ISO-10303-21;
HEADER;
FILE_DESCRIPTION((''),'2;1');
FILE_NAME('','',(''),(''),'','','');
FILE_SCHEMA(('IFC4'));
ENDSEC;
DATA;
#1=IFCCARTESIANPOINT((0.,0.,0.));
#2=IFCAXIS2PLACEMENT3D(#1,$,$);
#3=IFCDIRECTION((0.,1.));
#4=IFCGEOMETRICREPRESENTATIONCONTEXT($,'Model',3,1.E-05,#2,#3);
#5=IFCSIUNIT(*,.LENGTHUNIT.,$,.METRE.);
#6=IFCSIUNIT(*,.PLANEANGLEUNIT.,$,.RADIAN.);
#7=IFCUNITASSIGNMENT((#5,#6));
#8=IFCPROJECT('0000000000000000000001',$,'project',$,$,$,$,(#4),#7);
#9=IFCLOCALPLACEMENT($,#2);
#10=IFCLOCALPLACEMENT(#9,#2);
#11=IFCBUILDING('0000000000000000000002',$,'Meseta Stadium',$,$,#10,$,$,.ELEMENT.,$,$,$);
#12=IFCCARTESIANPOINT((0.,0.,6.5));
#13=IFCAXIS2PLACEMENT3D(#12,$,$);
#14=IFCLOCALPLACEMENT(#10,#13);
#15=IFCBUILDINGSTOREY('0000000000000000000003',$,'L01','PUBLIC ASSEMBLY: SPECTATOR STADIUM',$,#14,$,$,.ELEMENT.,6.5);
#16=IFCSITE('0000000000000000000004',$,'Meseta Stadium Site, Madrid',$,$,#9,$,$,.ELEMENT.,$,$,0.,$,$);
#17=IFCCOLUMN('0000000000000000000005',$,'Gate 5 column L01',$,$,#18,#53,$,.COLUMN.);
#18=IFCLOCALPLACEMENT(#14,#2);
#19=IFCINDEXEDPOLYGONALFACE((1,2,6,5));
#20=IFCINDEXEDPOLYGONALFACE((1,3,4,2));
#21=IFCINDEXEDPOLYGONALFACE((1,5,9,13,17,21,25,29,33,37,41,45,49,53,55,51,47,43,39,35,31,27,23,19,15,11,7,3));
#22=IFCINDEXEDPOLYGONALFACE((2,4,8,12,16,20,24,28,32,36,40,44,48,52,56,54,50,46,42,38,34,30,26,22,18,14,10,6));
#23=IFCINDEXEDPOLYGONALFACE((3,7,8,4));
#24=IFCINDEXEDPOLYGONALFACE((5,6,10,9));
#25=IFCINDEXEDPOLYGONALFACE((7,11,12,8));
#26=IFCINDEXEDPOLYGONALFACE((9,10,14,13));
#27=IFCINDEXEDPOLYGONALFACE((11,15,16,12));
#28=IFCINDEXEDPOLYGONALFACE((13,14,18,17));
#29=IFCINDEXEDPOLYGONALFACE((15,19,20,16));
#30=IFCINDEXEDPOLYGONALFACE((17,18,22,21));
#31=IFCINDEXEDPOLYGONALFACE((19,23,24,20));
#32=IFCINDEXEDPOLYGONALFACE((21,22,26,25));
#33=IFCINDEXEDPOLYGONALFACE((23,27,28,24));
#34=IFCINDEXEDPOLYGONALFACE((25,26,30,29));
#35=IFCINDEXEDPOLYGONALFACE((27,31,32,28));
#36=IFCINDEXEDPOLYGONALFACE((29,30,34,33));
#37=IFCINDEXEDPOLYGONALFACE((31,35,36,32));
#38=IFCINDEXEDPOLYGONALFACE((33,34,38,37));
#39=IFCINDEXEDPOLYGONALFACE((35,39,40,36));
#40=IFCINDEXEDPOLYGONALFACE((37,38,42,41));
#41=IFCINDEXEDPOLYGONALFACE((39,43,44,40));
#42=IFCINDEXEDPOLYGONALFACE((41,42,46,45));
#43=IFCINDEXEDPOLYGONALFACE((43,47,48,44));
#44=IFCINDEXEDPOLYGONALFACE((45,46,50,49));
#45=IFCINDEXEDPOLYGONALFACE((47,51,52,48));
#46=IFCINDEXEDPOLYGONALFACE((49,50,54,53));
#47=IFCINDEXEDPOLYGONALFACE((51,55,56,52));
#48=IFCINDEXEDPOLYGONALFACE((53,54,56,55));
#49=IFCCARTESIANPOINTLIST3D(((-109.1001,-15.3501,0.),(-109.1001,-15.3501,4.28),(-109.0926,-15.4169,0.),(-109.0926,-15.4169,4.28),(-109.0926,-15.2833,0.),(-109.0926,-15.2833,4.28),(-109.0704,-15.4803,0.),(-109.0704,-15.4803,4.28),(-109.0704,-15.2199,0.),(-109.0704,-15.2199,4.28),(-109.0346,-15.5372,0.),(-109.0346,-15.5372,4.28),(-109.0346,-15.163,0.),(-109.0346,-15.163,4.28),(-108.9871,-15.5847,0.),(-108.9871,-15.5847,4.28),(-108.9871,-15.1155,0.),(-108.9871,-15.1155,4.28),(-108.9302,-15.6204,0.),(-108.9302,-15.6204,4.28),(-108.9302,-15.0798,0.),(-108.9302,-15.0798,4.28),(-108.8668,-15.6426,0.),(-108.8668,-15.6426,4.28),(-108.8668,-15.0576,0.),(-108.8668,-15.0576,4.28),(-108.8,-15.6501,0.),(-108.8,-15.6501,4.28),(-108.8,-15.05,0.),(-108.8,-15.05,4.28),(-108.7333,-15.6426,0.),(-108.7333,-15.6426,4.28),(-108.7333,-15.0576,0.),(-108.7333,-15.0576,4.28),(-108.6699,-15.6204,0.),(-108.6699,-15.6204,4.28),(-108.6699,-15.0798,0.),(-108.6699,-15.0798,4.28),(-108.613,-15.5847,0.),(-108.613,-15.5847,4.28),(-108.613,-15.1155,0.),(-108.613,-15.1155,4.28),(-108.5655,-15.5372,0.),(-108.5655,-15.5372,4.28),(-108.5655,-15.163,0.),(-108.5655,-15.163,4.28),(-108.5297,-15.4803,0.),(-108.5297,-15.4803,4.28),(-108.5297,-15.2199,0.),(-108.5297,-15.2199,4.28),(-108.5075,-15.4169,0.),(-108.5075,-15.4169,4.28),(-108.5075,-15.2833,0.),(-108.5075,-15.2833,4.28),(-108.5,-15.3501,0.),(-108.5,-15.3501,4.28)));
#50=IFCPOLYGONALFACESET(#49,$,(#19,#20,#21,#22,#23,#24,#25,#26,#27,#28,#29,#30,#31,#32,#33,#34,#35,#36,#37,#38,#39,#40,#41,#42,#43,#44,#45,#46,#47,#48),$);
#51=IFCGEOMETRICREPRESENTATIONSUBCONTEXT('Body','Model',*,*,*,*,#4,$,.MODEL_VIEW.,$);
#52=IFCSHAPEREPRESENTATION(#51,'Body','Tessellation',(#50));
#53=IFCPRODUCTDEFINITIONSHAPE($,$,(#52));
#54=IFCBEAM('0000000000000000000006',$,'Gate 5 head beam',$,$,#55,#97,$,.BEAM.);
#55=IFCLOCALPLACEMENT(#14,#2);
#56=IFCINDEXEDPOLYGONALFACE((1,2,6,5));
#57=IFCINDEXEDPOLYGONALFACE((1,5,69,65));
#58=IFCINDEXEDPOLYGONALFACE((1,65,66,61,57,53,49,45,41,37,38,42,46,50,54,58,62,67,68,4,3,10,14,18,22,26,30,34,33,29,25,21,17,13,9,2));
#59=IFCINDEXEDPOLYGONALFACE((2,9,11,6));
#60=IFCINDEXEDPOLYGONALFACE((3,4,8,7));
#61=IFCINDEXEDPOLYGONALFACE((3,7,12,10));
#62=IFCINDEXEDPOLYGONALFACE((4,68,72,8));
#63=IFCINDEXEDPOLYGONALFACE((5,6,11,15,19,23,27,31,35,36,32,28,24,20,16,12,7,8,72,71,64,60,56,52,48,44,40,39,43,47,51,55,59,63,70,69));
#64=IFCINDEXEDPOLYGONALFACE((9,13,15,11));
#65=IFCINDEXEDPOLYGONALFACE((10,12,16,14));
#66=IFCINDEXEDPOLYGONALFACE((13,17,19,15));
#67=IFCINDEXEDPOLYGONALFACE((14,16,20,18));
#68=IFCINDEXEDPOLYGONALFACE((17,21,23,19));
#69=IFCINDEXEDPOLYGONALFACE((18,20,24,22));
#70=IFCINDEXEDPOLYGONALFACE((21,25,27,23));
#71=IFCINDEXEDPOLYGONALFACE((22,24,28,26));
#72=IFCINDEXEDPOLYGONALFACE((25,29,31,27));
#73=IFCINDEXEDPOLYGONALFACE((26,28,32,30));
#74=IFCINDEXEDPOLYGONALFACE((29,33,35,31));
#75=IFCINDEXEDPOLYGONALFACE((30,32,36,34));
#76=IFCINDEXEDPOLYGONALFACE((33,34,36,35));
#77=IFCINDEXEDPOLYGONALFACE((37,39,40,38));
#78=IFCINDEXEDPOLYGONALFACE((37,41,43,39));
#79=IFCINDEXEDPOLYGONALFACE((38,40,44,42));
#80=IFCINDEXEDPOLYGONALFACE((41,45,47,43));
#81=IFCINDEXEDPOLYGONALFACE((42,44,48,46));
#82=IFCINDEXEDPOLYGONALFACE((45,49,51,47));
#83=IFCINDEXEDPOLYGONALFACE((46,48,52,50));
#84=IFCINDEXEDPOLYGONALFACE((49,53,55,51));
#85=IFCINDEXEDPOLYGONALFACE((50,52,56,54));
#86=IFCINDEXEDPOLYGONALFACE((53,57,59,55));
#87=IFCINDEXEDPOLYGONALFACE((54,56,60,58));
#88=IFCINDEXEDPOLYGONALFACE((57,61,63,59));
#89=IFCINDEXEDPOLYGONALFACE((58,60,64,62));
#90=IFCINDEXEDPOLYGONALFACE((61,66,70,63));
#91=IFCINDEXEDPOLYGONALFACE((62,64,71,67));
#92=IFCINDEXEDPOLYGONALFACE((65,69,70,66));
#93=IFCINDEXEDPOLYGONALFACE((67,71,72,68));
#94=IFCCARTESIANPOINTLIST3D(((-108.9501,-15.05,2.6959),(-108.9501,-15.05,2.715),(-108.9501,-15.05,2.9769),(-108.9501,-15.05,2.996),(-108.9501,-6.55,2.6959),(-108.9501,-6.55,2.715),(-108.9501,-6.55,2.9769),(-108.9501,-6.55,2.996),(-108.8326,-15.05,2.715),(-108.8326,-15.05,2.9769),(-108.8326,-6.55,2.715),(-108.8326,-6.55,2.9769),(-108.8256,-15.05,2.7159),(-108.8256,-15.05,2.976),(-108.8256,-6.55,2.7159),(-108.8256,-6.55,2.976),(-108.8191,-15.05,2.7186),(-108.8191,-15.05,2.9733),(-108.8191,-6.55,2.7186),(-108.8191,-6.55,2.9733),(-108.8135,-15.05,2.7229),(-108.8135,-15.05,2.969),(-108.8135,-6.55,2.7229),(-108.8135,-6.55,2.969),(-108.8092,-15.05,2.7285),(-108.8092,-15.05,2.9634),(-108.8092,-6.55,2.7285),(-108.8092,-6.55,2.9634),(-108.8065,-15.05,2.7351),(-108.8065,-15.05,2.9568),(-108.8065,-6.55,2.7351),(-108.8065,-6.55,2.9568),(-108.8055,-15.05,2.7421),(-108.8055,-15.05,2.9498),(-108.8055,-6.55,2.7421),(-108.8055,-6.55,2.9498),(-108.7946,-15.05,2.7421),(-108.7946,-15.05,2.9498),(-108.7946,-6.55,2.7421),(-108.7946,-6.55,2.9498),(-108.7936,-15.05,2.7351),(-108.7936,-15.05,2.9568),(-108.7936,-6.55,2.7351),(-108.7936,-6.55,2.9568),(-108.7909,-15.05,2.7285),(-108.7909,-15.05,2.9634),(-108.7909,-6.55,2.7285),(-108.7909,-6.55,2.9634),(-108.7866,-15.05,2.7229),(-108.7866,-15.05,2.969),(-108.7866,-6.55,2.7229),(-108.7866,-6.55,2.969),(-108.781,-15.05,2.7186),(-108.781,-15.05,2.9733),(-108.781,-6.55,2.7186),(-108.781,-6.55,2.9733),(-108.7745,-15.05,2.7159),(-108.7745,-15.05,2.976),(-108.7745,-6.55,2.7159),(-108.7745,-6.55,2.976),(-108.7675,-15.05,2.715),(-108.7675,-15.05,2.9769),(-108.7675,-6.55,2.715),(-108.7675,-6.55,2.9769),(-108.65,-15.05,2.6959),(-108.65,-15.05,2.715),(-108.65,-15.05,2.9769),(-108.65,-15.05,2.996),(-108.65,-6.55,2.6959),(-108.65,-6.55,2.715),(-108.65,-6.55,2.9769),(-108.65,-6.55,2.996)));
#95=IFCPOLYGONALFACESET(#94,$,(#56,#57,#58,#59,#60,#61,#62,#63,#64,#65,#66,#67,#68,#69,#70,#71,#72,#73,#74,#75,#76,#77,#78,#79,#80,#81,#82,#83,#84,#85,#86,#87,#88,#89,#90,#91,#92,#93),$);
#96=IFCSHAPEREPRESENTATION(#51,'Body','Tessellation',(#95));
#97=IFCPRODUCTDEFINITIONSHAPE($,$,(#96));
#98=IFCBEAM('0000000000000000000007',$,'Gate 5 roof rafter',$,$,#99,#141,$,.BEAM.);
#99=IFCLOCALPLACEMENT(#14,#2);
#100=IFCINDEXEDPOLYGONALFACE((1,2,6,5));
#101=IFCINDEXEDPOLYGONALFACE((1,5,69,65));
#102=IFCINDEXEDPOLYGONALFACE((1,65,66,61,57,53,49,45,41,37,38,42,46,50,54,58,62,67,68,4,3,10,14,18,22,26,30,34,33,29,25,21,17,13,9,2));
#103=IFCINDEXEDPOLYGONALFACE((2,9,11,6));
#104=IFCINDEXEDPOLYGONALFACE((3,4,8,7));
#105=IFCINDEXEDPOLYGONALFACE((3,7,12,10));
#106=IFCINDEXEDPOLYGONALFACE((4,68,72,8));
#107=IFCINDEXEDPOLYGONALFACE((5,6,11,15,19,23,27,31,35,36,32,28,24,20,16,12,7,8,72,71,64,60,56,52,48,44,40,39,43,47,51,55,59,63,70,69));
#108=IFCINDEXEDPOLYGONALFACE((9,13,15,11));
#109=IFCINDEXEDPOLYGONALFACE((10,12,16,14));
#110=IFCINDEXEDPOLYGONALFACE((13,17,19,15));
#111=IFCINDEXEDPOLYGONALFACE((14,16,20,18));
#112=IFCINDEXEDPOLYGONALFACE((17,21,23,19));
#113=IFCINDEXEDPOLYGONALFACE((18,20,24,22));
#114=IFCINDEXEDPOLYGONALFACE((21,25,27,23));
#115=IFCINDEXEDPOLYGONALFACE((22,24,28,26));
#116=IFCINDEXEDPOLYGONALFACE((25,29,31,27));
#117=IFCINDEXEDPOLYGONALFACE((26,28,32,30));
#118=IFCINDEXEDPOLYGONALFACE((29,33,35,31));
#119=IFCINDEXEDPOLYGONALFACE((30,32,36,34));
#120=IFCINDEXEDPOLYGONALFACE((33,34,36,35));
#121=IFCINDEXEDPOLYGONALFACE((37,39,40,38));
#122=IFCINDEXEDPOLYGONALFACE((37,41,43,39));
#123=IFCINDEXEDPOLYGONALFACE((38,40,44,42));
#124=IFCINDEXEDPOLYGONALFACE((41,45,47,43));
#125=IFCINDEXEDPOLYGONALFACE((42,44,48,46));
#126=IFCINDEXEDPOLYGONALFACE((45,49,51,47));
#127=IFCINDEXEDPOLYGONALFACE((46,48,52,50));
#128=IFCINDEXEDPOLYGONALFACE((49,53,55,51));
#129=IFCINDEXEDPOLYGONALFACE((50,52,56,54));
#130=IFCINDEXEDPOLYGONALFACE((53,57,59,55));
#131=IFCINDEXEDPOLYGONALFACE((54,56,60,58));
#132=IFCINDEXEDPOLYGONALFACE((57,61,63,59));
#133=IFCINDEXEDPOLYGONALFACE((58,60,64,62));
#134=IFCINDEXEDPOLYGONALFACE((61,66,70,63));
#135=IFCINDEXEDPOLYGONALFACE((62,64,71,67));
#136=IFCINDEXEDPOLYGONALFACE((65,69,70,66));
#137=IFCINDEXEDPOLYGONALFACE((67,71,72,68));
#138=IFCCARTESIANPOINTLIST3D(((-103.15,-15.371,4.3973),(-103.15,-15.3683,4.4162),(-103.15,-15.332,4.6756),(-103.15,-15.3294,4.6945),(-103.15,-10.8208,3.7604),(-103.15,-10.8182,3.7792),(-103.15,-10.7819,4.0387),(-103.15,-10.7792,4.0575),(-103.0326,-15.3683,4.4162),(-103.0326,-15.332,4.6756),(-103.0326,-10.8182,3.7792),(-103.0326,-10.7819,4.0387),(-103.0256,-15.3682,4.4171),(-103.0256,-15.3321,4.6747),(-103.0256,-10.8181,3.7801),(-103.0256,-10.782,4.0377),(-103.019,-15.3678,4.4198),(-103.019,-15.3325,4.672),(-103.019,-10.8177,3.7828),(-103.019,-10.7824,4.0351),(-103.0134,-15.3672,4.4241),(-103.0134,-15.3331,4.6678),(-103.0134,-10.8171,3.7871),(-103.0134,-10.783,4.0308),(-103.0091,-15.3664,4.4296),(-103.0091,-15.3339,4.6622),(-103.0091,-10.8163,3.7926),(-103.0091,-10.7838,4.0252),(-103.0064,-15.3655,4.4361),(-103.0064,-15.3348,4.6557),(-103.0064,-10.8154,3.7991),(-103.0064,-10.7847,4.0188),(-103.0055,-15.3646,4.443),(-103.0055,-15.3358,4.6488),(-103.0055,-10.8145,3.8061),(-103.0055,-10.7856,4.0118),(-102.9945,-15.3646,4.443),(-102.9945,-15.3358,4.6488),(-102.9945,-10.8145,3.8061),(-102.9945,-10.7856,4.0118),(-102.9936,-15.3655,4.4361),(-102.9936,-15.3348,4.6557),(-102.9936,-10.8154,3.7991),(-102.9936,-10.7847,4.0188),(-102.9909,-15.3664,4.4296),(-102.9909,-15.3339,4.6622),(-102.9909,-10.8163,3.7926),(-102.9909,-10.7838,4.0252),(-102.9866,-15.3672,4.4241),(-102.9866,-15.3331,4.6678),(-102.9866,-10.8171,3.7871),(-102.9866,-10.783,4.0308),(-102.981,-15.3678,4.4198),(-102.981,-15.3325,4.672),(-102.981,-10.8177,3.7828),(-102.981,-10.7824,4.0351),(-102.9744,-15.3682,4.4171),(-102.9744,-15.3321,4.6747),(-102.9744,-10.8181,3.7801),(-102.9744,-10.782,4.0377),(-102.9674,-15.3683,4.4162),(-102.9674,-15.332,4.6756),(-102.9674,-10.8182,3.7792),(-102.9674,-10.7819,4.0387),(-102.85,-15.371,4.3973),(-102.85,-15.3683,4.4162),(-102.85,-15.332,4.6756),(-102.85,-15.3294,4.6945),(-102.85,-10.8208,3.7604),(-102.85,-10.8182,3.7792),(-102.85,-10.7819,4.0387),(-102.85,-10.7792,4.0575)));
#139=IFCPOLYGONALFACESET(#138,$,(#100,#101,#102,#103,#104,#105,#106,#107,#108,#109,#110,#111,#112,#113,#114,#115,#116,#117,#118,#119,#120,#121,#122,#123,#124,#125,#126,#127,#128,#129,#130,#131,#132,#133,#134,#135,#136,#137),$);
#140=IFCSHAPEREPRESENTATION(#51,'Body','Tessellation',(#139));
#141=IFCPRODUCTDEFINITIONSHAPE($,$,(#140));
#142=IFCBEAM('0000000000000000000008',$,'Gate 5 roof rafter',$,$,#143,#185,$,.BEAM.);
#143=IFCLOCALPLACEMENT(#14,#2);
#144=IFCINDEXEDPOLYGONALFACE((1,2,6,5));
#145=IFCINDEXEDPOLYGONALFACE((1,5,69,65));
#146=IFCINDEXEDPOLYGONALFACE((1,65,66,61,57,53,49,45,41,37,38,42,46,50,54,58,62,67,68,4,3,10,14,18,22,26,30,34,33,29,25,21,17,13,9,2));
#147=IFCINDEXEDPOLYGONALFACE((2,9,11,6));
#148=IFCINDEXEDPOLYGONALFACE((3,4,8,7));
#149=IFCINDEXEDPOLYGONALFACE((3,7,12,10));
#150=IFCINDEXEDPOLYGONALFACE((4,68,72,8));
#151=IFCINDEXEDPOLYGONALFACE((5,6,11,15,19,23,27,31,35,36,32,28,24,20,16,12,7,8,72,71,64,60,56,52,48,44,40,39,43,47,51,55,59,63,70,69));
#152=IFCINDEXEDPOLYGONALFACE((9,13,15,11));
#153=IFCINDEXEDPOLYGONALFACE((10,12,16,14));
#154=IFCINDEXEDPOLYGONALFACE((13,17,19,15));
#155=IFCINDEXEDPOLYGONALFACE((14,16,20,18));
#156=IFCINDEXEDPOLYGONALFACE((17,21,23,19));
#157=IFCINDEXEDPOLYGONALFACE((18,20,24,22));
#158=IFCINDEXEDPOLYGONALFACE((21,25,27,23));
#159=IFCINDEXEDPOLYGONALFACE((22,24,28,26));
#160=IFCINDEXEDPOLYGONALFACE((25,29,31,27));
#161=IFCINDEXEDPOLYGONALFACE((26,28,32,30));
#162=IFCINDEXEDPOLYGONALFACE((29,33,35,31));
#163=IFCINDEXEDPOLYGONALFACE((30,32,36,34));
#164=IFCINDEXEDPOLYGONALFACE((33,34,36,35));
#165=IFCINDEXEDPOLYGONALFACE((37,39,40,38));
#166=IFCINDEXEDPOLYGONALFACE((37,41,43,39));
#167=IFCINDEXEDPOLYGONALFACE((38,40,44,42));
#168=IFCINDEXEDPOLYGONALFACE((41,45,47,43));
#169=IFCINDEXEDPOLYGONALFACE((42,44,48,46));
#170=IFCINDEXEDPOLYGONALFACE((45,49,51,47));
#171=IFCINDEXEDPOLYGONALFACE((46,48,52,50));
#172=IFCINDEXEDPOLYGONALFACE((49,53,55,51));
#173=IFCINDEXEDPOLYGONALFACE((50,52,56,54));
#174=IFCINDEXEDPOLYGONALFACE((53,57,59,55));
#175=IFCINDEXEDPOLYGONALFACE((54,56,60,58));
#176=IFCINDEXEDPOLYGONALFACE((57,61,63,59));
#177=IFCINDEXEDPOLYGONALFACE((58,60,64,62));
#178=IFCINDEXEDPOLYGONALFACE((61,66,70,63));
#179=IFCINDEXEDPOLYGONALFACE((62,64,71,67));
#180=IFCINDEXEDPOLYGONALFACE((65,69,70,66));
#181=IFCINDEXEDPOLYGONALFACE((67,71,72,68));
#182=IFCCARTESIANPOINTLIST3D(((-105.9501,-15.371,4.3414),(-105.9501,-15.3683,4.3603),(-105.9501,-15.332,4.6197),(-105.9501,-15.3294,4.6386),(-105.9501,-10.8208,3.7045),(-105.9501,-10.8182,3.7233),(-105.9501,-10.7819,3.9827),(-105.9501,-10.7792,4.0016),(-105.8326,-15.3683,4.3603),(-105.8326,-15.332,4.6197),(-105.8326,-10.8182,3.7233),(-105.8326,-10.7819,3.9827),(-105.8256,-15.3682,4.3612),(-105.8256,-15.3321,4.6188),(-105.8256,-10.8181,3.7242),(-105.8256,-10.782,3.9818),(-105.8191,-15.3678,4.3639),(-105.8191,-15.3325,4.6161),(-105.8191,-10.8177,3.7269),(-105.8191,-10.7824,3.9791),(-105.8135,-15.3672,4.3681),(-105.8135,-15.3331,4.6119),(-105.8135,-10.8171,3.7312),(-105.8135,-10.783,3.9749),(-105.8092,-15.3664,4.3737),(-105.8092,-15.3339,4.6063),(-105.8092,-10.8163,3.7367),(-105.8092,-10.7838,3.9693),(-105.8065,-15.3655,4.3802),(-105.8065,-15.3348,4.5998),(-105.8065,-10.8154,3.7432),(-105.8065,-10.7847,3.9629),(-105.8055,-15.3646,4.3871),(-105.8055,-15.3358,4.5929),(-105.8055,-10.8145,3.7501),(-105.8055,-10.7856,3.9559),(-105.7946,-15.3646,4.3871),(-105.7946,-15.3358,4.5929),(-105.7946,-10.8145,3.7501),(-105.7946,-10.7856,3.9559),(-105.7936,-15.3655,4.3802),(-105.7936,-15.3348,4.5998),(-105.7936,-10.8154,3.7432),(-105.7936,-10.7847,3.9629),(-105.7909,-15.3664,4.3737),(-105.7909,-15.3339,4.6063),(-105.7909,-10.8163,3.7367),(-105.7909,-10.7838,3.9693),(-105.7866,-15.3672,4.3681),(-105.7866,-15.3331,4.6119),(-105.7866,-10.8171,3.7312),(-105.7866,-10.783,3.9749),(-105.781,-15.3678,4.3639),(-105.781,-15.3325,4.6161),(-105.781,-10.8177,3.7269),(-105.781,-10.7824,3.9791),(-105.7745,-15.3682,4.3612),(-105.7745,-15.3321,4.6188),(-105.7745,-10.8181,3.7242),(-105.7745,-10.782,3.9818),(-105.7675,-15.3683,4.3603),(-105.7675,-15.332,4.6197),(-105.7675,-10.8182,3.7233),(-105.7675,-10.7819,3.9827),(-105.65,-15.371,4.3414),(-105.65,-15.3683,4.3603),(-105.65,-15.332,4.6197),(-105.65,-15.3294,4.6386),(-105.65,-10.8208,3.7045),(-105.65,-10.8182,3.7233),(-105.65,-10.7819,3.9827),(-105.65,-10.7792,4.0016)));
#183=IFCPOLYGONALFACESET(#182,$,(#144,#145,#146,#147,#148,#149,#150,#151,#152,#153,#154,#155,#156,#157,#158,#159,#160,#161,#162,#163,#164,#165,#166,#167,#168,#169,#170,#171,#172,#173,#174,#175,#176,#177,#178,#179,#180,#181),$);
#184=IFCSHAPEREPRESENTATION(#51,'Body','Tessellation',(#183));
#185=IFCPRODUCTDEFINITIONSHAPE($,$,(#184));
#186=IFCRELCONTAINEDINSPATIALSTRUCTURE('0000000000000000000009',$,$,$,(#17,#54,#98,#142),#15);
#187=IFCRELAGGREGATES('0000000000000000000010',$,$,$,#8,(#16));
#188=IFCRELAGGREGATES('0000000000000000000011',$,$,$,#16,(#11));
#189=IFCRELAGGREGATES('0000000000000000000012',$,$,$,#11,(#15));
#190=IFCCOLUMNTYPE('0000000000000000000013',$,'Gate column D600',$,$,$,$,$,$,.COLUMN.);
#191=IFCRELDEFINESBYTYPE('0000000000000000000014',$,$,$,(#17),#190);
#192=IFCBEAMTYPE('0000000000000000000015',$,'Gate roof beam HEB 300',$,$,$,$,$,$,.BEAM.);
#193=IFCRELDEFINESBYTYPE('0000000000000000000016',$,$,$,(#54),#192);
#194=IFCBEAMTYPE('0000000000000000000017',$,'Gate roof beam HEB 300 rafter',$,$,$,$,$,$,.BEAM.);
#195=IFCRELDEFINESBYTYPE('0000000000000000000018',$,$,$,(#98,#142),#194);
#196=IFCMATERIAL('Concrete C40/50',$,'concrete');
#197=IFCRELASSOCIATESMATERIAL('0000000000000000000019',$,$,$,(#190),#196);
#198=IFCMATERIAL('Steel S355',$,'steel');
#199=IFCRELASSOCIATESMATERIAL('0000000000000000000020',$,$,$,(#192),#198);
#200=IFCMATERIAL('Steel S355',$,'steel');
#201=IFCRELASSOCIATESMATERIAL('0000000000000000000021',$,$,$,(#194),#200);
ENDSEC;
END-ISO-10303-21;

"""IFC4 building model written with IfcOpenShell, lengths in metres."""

from ifc_helpers import new_model, si_unit, direction, frame, origin, origin_2d, place, context, subcontext, project, spatial, circle, i_section, extrude, material, material_profile, profile_set, type_object, element, save


model = new_model("IFC4")

# Units and contexts
model_context = context("Model", 3, precision=1e-05, world=origin(), true_north=direction((0.0, 1.0)))
body_context = subcontext(model_context, "Body", "Model", "MODEL_VIEW")
ifc_project = project(units=[si_unit("LENGTHUNIT", "METRE"), si_unit("PLANEANGLEUNIT", "RADIAN")], contexts=[model_context])

# Site, building, storey
site_placement = place(None, origin())
site = spatial("IfcSite", under=ifc_project, at=site_placement, Name="Meseta Stadium Site, Madrid", CompositionType="ELEMENT", RefElevation=0.0)
building_placement = place(site_placement, origin())
building = spatial("IfcBuilding", under=site, at=building_placement, Name="Meseta Stadium", CompositionType="ELEMENT")
storey_placement = place(building_placement, frame((0.0, 0.0, 6.5)))
storey = spatial("IfcBuildingStorey", under=building, at=storey_placement, Name="L01", Description="PUBLIC ASSEMBLY: SPECTATOR STADIUM", CompositionType="ELEMENT", Elevation=6.5)

# Column
ifc_material_1 = material(Name="Concrete C40/50", Category="concrete")
ifc_material_profile_1 = material_profile(ifc_material_1, circle(Radius=0.3, at=origin_2d()), Name="RC D600")
ifc_profile_set_1 = profile_set([ifc_material_profile_1], Name="Concrete C40/50")
column_type = type_object("IfcColumnType", Name="Gate column D600", PredefinedType="COLUMN", material=ifc_profile_set_1)
column_1_placement = place(storey_placement, frame((-108.8, -15.3501, 0.0), z_axis=(0.0, 0.0, 1.0), x_axis=(1.0, 0.0, 0.0)))
element("IfcColumn", 1, at=column_1_placement, inside=storey, type_object=column_type, Name="Gate 5 column L01", PredefinedType="COLUMN", context=body_context, shape_type="SweptSolid", body=[
    extrude(circle(Radius=0.3, at=origin_2d()), origin(), (0.0, 0.0, 1.0), 4.28),
])

# Beams
ifc_material_2 = material(Name="Steel S355", Category="steel")
ifc_material_profile_2 = material_profile(ifc_material_2, i_section(OverallWidth=0.3, OverallDepth=0.3, WebThickness=0.011, FlangeThickness=0.019, FilletRadius=0.0271, at=origin_2d()), Name="HEB 300")
ifc_profile_set_2 = profile_set([ifc_material_profile_2], Name="Steel S355")
beam_type_1 = type_object("IfcBeamType", Name="Gate roof beam HEB 300", PredefinedType="BEAM", material=ifc_profile_set_2)
beam_1_placement = place(storey_placement, frame((-108.8, -6.55, 2.8459), z_axis=(0.0, -1.0, 0.0), x_axis=(1.0, 0.0, 0.0)))
element("IfcBeam", 2, at=beam_1_placement, inside=storey, type_object=beam_type_1, Name="Gate 5 head beam", PredefinedType="BEAM", context=body_context, shape_type="SweptSolid", body=[
    extrude(i_section(OverallWidth=0.3, OverallDepth=0.3, WebThickness=0.011, FlangeThickness=0.019, FilletRadius=0.0271, at=origin_2d()), origin(), (0.0, 0.0, 1.0), 8.5),
])
ifc_material_3 = material(Name="Steel S355", Category="steel")
ifc_material_profile_3 = material_profile(ifc_material_3, i_section(OverallWidth=0.3, OverallDepth=0.3, WebThickness=0.011, FlangeThickness=0.019, FilletRadius=0.0271, at=origin_2d()), Name="HEB 300")
ifc_profile_set_3 = profile_set([ifc_material_profile_3], Name="Steel S355")
beam_type_2 = type_object("IfcBeamType", Name="Gate roof beam HEB 300 rafter", PredefinedType="BEAM", material=ifc_profile_set_3)
for number, where, z_axis, x_axis, name in (
    (3, (-103.0, -10.8, 3.9089), (0.0, -0.990343, 0.138638), (1.0, 0.0, 0.0), "Gate 5 roof rafter"),
    (4, (-105.8, -10.8, 3.853), (0.0, -0.990343, 0.138638), (1.0, 0.0, 0.0), "Gate 5 roof rafter"),
):
    element("IfcBeam", number, at=place(storey_placement, frame(where, z_axis=z_axis, x_axis=x_axis)), inside=storey, type_object=beam_type_2, Name=name, PredefinedType="BEAM", context=body_context, shape_type="SweptSolid", body=[
        extrude(i_section(OverallWidth=0.3, OverallDepth=0.3, WebThickness=0.011, FlangeThickness=0.019, FilletRadius=0.0271, at=origin_2d()), origin(), (0.0, 0.0, 1.0), 4.5945),
    ])

save(model, "model.ifc")
